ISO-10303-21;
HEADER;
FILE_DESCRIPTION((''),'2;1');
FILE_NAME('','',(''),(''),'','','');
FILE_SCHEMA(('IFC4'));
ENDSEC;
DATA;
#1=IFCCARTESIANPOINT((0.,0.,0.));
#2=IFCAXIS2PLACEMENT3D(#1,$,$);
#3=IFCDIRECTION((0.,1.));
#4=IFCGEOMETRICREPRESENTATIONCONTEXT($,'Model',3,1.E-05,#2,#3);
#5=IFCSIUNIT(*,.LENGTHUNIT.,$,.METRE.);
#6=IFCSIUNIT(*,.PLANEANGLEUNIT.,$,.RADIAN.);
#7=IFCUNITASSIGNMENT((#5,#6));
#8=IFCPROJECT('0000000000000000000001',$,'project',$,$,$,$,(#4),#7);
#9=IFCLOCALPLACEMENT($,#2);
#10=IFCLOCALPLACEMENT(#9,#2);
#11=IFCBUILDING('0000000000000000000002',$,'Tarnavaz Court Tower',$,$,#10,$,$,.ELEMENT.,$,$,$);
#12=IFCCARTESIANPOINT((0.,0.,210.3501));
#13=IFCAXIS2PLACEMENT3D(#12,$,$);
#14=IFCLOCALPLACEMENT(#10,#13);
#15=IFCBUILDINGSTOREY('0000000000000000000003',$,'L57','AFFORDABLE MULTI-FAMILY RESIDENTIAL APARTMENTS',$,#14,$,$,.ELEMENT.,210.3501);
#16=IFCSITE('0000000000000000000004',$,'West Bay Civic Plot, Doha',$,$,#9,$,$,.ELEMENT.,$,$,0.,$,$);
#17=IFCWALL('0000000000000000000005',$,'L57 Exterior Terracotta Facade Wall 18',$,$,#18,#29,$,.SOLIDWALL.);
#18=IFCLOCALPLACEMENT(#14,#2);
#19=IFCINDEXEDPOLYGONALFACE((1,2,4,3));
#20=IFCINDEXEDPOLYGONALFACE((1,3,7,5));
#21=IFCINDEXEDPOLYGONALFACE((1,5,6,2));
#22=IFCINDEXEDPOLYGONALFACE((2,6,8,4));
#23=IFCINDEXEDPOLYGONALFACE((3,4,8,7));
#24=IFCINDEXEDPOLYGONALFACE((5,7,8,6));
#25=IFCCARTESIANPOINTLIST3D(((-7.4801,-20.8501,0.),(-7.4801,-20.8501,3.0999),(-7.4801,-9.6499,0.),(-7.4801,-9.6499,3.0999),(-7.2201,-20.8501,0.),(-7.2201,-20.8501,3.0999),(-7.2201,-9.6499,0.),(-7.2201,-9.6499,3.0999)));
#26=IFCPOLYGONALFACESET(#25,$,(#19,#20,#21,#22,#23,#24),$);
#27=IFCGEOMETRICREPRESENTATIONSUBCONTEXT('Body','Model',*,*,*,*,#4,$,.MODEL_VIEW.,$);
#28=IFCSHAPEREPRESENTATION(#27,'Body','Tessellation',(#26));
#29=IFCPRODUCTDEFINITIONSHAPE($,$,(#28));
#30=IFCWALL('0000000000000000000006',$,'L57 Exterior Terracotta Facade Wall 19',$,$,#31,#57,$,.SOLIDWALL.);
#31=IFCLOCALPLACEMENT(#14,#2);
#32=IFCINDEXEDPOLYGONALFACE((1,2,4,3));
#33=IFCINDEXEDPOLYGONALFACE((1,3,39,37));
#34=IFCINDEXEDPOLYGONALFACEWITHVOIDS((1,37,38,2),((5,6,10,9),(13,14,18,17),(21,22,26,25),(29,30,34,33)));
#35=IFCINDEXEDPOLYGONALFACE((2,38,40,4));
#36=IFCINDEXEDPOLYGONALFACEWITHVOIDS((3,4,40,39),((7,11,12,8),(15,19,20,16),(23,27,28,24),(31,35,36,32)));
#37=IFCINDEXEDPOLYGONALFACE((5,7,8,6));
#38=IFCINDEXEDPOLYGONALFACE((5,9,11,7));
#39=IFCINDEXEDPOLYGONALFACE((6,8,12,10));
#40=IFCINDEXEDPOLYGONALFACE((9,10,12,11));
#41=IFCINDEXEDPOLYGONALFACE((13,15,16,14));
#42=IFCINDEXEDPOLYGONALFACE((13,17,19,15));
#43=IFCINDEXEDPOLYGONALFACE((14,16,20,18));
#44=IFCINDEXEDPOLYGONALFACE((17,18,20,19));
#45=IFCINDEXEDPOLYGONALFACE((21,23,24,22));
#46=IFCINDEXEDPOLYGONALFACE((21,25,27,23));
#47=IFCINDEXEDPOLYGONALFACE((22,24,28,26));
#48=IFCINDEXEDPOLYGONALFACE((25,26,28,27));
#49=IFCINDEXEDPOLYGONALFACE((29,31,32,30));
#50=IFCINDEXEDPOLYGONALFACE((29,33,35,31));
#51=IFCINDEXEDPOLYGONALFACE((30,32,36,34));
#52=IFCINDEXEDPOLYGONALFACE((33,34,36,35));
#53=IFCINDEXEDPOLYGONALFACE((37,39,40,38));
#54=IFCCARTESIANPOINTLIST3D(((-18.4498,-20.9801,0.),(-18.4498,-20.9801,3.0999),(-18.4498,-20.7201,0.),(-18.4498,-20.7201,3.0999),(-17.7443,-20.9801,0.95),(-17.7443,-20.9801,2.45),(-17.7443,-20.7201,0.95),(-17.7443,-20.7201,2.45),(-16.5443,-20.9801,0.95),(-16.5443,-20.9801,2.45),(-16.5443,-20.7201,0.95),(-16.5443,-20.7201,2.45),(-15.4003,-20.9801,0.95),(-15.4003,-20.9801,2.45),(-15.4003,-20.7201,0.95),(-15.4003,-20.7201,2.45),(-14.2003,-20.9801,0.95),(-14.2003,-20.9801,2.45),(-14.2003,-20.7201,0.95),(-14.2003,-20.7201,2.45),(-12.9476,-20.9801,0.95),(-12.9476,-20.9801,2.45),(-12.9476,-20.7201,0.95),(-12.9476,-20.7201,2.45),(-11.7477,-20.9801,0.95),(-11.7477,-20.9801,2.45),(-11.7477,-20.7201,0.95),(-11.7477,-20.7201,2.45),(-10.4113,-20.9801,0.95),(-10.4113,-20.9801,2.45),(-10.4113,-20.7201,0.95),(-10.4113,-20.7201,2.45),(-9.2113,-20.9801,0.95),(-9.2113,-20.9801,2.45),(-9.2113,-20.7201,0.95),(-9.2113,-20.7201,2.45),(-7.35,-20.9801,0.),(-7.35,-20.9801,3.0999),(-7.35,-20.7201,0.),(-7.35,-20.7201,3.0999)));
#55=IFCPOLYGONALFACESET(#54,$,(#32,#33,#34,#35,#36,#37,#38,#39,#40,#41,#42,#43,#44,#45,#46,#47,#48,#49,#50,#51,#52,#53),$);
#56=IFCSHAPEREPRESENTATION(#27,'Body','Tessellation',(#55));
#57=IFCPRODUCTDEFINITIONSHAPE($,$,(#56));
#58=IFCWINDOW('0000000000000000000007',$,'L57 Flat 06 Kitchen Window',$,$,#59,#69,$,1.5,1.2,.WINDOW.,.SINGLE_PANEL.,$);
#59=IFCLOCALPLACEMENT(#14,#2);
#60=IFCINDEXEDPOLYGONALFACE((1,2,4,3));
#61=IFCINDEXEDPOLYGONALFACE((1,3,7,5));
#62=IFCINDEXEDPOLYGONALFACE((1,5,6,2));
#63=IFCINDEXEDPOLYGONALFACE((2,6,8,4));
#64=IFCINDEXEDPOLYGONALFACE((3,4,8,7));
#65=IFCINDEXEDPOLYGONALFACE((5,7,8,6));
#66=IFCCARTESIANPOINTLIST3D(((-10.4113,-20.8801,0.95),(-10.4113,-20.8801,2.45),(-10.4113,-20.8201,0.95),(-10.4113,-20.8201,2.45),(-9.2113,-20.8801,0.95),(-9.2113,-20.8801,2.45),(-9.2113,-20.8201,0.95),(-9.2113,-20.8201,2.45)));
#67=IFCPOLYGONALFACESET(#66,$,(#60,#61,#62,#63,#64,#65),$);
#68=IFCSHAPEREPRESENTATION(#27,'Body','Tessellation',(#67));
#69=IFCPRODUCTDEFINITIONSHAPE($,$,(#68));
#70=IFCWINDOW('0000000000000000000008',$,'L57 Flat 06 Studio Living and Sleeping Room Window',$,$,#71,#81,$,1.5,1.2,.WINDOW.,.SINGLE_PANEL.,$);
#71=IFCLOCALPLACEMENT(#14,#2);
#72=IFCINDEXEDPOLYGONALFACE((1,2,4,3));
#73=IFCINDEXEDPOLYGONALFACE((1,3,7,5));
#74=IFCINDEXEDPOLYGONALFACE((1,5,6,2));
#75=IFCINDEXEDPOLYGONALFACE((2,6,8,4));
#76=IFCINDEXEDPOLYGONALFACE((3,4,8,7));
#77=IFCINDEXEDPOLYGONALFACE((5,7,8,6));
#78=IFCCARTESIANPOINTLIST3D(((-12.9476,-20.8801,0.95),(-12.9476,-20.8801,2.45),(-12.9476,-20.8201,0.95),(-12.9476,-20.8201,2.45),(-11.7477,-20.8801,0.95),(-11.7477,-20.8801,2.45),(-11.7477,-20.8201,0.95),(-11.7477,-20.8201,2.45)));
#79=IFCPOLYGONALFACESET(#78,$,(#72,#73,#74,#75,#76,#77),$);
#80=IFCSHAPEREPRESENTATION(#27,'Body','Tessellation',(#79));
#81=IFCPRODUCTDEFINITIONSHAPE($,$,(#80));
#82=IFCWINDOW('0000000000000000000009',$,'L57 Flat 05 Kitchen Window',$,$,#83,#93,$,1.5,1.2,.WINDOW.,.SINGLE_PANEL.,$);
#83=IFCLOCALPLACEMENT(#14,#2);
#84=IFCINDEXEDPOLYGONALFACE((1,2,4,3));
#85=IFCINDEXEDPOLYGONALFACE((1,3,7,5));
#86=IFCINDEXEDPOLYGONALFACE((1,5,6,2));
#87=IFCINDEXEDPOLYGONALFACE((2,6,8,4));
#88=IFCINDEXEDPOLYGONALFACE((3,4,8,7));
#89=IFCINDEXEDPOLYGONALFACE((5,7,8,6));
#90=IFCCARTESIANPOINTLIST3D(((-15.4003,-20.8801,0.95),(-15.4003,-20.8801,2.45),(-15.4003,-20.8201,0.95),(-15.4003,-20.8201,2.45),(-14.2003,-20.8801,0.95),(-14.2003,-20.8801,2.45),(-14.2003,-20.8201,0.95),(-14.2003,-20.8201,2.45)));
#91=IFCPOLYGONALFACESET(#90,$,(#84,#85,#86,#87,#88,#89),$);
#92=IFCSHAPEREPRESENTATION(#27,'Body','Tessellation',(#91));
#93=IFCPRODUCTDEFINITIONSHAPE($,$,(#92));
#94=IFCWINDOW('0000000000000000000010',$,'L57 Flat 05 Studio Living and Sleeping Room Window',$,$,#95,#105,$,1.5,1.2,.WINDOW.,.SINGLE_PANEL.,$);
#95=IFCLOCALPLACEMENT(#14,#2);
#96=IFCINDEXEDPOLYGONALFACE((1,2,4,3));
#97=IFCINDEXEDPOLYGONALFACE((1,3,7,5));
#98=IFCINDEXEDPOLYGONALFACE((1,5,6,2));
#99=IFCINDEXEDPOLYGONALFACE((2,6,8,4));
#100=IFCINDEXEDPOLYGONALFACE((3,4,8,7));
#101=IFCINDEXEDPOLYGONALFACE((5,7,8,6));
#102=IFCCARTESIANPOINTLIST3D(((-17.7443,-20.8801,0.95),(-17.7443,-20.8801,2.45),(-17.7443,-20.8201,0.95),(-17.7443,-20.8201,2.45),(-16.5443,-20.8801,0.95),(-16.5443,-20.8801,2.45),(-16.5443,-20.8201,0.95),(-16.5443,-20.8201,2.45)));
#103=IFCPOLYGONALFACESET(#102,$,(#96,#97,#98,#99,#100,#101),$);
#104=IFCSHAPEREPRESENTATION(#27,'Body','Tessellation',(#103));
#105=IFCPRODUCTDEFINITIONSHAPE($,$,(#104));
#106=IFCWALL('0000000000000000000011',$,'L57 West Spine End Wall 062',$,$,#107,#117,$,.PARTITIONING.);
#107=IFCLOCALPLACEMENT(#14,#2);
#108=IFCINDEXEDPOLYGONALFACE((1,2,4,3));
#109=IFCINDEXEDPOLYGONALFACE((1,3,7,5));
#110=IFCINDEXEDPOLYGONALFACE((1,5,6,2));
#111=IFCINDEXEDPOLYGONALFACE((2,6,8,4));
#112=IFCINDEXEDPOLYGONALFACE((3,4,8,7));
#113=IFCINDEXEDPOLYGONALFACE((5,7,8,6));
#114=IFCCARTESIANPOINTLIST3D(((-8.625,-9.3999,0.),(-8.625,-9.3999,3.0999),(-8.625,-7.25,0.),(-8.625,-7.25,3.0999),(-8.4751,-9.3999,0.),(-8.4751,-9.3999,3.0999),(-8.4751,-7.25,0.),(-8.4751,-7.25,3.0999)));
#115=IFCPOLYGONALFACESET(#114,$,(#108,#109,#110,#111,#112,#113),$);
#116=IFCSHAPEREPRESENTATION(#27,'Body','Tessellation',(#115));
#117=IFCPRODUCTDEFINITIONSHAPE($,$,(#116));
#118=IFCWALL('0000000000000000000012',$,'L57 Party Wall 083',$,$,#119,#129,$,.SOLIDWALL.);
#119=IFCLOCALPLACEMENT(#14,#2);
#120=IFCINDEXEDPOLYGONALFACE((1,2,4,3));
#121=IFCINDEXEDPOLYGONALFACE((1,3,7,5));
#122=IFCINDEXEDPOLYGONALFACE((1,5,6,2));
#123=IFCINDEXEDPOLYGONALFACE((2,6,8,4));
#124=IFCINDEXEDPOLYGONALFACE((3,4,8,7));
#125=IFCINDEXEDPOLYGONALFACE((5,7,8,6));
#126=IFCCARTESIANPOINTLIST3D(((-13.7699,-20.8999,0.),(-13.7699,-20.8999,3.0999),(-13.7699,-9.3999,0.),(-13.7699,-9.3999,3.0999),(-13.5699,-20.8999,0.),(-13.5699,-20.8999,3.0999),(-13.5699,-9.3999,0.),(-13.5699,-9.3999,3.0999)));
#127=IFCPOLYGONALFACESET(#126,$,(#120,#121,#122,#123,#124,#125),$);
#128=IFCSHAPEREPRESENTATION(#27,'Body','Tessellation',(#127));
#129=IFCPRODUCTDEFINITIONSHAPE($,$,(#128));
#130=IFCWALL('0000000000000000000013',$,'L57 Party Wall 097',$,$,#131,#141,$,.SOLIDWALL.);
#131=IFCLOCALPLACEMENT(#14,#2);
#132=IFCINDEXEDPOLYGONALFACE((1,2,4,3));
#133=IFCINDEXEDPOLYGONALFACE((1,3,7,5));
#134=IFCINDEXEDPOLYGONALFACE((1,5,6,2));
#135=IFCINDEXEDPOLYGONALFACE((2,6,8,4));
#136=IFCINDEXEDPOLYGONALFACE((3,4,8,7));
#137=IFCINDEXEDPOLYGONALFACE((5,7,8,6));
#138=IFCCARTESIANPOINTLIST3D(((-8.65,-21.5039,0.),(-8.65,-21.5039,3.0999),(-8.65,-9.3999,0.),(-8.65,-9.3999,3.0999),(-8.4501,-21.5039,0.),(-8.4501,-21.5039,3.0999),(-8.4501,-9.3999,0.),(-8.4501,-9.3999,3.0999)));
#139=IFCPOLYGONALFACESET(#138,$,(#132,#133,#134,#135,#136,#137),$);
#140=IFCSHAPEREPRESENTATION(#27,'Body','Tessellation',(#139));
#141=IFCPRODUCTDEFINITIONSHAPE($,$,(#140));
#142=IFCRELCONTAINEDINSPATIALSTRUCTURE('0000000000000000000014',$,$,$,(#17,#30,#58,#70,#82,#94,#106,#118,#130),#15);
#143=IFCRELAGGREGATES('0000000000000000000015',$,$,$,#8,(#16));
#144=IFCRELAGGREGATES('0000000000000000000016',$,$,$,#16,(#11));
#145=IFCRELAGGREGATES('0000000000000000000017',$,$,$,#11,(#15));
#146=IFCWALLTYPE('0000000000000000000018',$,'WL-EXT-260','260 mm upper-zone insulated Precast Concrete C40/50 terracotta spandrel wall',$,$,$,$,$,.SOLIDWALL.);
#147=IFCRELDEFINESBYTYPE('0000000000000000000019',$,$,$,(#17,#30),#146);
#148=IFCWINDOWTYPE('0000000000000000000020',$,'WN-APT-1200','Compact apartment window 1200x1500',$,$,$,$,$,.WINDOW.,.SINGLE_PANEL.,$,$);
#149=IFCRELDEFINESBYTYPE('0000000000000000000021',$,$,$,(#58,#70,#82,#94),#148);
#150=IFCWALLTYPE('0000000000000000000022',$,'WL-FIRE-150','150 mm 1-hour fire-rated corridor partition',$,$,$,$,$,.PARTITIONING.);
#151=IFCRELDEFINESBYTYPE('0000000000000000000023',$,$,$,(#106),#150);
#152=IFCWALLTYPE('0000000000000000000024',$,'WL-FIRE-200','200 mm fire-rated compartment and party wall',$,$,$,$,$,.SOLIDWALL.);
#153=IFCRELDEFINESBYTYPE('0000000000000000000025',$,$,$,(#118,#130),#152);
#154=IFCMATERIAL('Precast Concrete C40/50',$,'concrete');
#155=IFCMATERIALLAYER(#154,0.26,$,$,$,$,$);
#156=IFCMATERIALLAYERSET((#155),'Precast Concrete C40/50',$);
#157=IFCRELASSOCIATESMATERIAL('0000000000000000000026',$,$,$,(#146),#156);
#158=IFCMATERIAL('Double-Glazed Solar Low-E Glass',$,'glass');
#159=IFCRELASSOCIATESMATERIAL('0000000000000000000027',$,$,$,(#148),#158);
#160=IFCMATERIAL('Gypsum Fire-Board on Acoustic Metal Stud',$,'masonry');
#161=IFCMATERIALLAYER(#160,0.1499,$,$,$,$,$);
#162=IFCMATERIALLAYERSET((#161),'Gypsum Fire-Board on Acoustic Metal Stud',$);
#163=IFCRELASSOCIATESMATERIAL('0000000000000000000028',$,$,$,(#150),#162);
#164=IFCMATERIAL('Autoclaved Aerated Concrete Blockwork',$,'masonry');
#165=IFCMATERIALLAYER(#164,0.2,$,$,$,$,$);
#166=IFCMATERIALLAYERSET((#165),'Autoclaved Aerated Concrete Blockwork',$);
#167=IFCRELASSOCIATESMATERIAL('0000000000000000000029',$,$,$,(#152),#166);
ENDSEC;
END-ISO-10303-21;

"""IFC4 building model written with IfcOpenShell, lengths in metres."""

from ifc_helpers import new_model, si_unit, direction, frame, frame_2d, origin, place, context, subcontext, project, spatial, rectangle, extrude, material, layer, layer_set, type_object, element, fill, save


model = new_model("IFC4")

# Units and contexts
model_context = context("Model", 3, precision=1e-05, world=origin(), true_north=direction((0.0, 1.0)))
body_context = subcontext(model_context, "Body", "Model", "MODEL_VIEW")
ifc_project = project(units=[si_unit("LENGTHUNIT", "METRE"), si_unit("PLANEANGLEUNIT", "RADIAN")], contexts=[model_context])

# Site, building, storey
site_placement = place(None, origin())
site = spatial("IfcSite", under=ifc_project, at=site_placement, Name="West Bay Civic Plot, Doha", CompositionType="ELEMENT", RefElevation=0.0)
building_placement = place(site_placement, origin())
building = spatial("IfcBuilding", under=site, at=building_placement, Name="Tarnavaz Court Tower", CompositionType="ELEMENT")
storey_placement = place(building_placement, frame((0.0, 0.0, 210.3501)))
storey = spatial("IfcBuildingStorey", under=building, at=storey_placement, Name="L57", Description="AFFORDABLE MULTI-FAMILY RESIDENTIAL APARTMENTS", CompositionType="ELEMENT", Elevation=210.3501)

# Wall
ifc_material_1 = material(Name="Precast Concrete C40/50", Category="concrete")
ifc_layer_1 = layer(ifc_material_1, 0.26)
ifc_layer_set_1 = layer_set([ifc_layer_1], Name="Precast Concrete C40/50")
wall_type_1 = type_object("IfcWallType", Name="WL-EXT-260", Description="260 mm upper-zone insulated Precast Concrete C40/50 terracotta spandrel wall", PredefinedType="SOLIDWALL", material=ifc_layer_set_1)
wall_1_placement = place(storey_placement, frame((-7.3501, -9.6499, 0.0), z_axis=(0.0, 0.0, 1.0), x_axis=(0.0, -1.0, 0.0)))
element("IfcWall", 1, at=wall_1_placement, inside=storey, type_object=wall_type_1, Name="L57 Exterior Terracotta Facade Wall 18", PredefinedType="SOLIDWALL", context=body_context, shape_type="SweptSolid", body=[
    extrude(rectangle(XDim=11.2002, YDim=0.26, at=frame_2d((5.6001, 0.0))), origin(), (0.0, 0.0, 1.0), 3.0999),
])

# Wall, openings, windows
wall_2_placement = place(storey_placement, frame((-7.3501, -20.8501, 0.0), z_axis=(0.0, 0.0, 1.0), x_axis=(-1.0, 0.0, 0.0)))
wall_2 = element("IfcWall", 2, at=wall_2_placement, inside=storey, type_object=wall_type_1, Name="L57 Exterior Terracotta Facade Wall 19", PredefinedType="SOLIDWALL", context=body_context, shape_type="SweptSolid", body=[
    extrude(rectangle(XDim=11.0999, YDim=0.26, at=frame_2d((5.5498, 0.0))), origin(), (0.0, 0.0, 1.0), 3.0999),
])
opening_1_placement = place(wall_2_placement, frame((1.8611, 0.0, 0.95)))
opening_1 = element("IfcOpeningElement", 3, at=opening_1_placement, cuts=wall_2, PredefinedType="OPENING", context=body_context, shape_type="SweptSolid", body=[
    extrude(rectangle(XDim=1.2, YDim=1.5, at=frame_2d((0.6001, 0.75))), frame((0.0, 0.1399, 0.0), z_axis=(0.0, -1.0, 0.0), x_axis=(1.0, 0.0, 0.0)), (0.0, 0.0, 1.0), 0.28),
])
opening_2_placement = place(wall_2_placement, frame((4.3975, 0.0, 0.95)))
opening_2 = element("IfcOpeningElement", 4, at=opening_2_placement, cuts=wall_2, PredefinedType="OPENING", context=body_context, shape_type="SweptSolid", body=[
    extrude(rectangle(XDim=1.2, YDim=1.5, at=frame_2d((0.6001, 0.75))), frame((0.0, 0.1399, 0.0), z_axis=(0.0, -1.0, 0.0), x_axis=(1.0, 0.0, 0.0)), (0.0, 0.0, 1.0), 0.28),
])
opening_3_placement = place(wall_2_placement, frame((6.8501, 0.0, 0.95)))
opening_3 = element("IfcOpeningElement", 5, at=opening_3_placement, cuts=wall_2, PredefinedType="OPENING", context=body_context, shape_type="SweptSolid", body=[
    extrude(rectangle(XDim=1.2, YDim=1.5, at=frame_2d((0.6001, 0.75))), frame((0.0, 0.1399, 0.0), z_axis=(0.0, -1.0, 0.0), x_axis=(1.0, 0.0, 0.0)), (0.0, 0.0, 1.0), 0.28),
])
opening_4_placement = place(wall_2_placement, frame((9.1941, 0.0, 0.95)))
opening_4 = element("IfcOpeningElement", 6, at=opening_4_placement, cuts=wall_2, PredefinedType="OPENING", context=body_context, shape_type="SweptSolid", body=[
    extrude(rectangle(XDim=1.2, YDim=1.5, at=frame_2d((0.6001, 0.75))), frame((0.0, 0.1399, 0.0), z_axis=(0.0, -1.0, 0.0), x_axis=(1.0, 0.0, 0.0)), (0.0, 0.0, 1.0), 0.28),
])
ifc_material_2 = material(Name="Double-Glazed Solar Low-E Glass", Category="glass")
window_type = type_object("IfcWindowType", Name="WN-APT-1200", Description="Compact apartment window 1200x1500", PartitioningType="SINGLE_PANEL", PredefinedType="WINDOW", material=ifc_material_2)
window_1_placement = place(opening_1_placement, origin())
window_1 = element("IfcWindow", 7, at=window_1_placement, inside=storey, type_object=window_type, Name="L57 Flat 06 Kitchen Window", OverallHeight=1.5, OverallWidth=1.2, PartitioningType="SINGLE_PANEL", PredefinedType="WINDOW", context=body_context, shape_type="SweptSolid", body=[
    extrude(rectangle(XDim=1.2, YDim=1.5, at=frame_2d((0.6001, 0.75))), frame((0.0, 0.03, 0.0), z_axis=(0.0, -1.0, 0.0), x_axis=(1.0, 0.0, 0.0)), (0.0, 0.0, 1.0), 0.0601),
])
fill(opening_1, window_1)
window_2_placement = place(opening_2_placement, origin())
window_2 = element("IfcWindow", 8, at=window_2_placement, inside=storey, type_object=window_type, Name="L57 Flat 06 Studio Living and Sleeping Room Window", OverallHeight=1.5, OverallWidth=1.2, PartitioningType="SINGLE_PANEL", PredefinedType="WINDOW", context=body_context, shape_type="SweptSolid", body=[
    extrude(rectangle(XDim=1.2, YDim=1.5, at=frame_2d((0.6001, 0.75))), frame((0.0, 0.03, 0.0), z_axis=(0.0, -1.0, 0.0), x_axis=(1.0, 0.0, 0.0)), (0.0, 0.0, 1.0), 0.0601),
])
fill(opening_2, window_2)
window_3_placement = place(opening_3_placement, origin())
window_3 = element("IfcWindow", 9, at=window_3_placement, inside=storey, type_object=window_type, Name="L57 Flat 05 Kitchen Window", OverallHeight=1.5, OverallWidth=1.2, PartitioningType="SINGLE_PANEL", PredefinedType="WINDOW", context=body_context, shape_type="SweptSolid", body=[
    extrude(rectangle(XDim=1.2, YDim=1.5, at=frame_2d((0.6001, 0.75))), frame((0.0, 0.03, 0.0), z_axis=(0.0, -1.0, 0.0), x_axis=(1.0, 0.0, 0.0)), (0.0, 0.0, 1.0), 0.0601),
])
fill(opening_3, window_3)
window_4_placement = place(opening_4_placement, origin())
window_4 = element("IfcWindow", 10, at=window_4_placement, inside=storey, type_object=window_type, Name="L57 Flat 05 Studio Living and Sleeping Room Window", OverallHeight=1.5, OverallWidth=1.2, PartitioningType="SINGLE_PANEL", PredefinedType="WINDOW", context=body_context, shape_type="SweptSolid", body=[
    extrude(rectangle(XDim=1.2, YDim=1.5, at=frame_2d((0.6001, 0.75))), frame((0.0, 0.03, 0.0), z_axis=(0.0, -1.0, 0.0), x_axis=(1.0, 0.0, 0.0)), (0.0, 0.0, 1.0), 0.0601),
])
fill(opening_4, window_4)

# Walls
ifc_material_3 = material(Name="Gypsum Fire-Board on Acoustic Metal Stud", Category="masonry")
ifc_layer_2 = layer(ifc_material_3, 0.1499)
ifc_layer_set_2 = layer_set([ifc_layer_2], Name="Gypsum Fire-Board on Acoustic Metal Stud")
wall_type_2 = type_object("IfcWallType", Name="WL-FIRE-150", Description="150 mm 1-hour fire-rated corridor partition", PredefinedType="PARTITIONING", material=ifc_layer_set_2)
wall_3_placement = place(storey_placement, frame((-8.55, -9.3999, 0.0), z_axis=(0.0, 0.0, 1.0), x_axis=(0.0, 1.0, 0.0)))
element("IfcWall", 11, at=wall_3_placement, inside=storey, type_object=wall_type_2, Name="L57 West Spine End Wall 062", PredefinedType="PARTITIONING", context=body_context, shape_type="SweptSolid", body=[
    extrude(rectangle(XDim=2.1499, YDim=0.1499, at=frame_2d((1.075, 0.0))), origin(), (0.0, 0.0, 1.0), 3.0999),
])
ifc_material_4 = material(Name="Autoclaved Aerated Concrete Blockwork", Category="masonry")
ifc_layer_3 = layer(ifc_material_4, 0.2)
ifc_layer_set_3 = layer_set([ifc_layer_3], Name="Autoclaved Aerated Concrete Blockwork")
wall_type_3 = type_object("IfcWallType", Name="WL-FIRE-200", Description="200 mm fire-rated compartment and party wall", PredefinedType="SOLIDWALL", material=ifc_layer_set_3)
wall_4_placement = place(storey_placement, frame((-13.6699, -20.8999, 0.0), z_axis=(0.0, 0.0, 1.0), x_axis=(0.0, 1.0, 0.0)))
element("IfcWall", 12, at=wall_4_placement, inside=storey, type_object=wall_type_3, Name="L57 Party Wall 083", PredefinedType="SOLIDWALL", context=body_context, shape_type="SweptSolid", body=[
    extrude(rectangle(XDim=11.5, YDim=0.2, at=frame_2d((5.75, 0.0))), origin(), (0.0, 0.0, 1.0), 3.0999),
])
wall_5_placement = place(storey_placement, frame((-8.55, -21.5039, 0.0), z_axis=(0.0, 0.0, 1.0), x_axis=(0.0, 1.0, 0.0)))
element("IfcWall", 13, at=wall_5_placement, inside=storey, type_object=wall_type_3, Name="L57 Party Wall 097", PredefinedType="SOLIDWALL", context=body_context, shape_type="SweptSolid", body=[
    extrude(rectangle(XDim=12.104, YDim=0.2, at=frame_2d((6.052, 0.0))), origin(), (0.0, 0.0, 1.0), 3.0999),
])

save(model, "model.ifc")
